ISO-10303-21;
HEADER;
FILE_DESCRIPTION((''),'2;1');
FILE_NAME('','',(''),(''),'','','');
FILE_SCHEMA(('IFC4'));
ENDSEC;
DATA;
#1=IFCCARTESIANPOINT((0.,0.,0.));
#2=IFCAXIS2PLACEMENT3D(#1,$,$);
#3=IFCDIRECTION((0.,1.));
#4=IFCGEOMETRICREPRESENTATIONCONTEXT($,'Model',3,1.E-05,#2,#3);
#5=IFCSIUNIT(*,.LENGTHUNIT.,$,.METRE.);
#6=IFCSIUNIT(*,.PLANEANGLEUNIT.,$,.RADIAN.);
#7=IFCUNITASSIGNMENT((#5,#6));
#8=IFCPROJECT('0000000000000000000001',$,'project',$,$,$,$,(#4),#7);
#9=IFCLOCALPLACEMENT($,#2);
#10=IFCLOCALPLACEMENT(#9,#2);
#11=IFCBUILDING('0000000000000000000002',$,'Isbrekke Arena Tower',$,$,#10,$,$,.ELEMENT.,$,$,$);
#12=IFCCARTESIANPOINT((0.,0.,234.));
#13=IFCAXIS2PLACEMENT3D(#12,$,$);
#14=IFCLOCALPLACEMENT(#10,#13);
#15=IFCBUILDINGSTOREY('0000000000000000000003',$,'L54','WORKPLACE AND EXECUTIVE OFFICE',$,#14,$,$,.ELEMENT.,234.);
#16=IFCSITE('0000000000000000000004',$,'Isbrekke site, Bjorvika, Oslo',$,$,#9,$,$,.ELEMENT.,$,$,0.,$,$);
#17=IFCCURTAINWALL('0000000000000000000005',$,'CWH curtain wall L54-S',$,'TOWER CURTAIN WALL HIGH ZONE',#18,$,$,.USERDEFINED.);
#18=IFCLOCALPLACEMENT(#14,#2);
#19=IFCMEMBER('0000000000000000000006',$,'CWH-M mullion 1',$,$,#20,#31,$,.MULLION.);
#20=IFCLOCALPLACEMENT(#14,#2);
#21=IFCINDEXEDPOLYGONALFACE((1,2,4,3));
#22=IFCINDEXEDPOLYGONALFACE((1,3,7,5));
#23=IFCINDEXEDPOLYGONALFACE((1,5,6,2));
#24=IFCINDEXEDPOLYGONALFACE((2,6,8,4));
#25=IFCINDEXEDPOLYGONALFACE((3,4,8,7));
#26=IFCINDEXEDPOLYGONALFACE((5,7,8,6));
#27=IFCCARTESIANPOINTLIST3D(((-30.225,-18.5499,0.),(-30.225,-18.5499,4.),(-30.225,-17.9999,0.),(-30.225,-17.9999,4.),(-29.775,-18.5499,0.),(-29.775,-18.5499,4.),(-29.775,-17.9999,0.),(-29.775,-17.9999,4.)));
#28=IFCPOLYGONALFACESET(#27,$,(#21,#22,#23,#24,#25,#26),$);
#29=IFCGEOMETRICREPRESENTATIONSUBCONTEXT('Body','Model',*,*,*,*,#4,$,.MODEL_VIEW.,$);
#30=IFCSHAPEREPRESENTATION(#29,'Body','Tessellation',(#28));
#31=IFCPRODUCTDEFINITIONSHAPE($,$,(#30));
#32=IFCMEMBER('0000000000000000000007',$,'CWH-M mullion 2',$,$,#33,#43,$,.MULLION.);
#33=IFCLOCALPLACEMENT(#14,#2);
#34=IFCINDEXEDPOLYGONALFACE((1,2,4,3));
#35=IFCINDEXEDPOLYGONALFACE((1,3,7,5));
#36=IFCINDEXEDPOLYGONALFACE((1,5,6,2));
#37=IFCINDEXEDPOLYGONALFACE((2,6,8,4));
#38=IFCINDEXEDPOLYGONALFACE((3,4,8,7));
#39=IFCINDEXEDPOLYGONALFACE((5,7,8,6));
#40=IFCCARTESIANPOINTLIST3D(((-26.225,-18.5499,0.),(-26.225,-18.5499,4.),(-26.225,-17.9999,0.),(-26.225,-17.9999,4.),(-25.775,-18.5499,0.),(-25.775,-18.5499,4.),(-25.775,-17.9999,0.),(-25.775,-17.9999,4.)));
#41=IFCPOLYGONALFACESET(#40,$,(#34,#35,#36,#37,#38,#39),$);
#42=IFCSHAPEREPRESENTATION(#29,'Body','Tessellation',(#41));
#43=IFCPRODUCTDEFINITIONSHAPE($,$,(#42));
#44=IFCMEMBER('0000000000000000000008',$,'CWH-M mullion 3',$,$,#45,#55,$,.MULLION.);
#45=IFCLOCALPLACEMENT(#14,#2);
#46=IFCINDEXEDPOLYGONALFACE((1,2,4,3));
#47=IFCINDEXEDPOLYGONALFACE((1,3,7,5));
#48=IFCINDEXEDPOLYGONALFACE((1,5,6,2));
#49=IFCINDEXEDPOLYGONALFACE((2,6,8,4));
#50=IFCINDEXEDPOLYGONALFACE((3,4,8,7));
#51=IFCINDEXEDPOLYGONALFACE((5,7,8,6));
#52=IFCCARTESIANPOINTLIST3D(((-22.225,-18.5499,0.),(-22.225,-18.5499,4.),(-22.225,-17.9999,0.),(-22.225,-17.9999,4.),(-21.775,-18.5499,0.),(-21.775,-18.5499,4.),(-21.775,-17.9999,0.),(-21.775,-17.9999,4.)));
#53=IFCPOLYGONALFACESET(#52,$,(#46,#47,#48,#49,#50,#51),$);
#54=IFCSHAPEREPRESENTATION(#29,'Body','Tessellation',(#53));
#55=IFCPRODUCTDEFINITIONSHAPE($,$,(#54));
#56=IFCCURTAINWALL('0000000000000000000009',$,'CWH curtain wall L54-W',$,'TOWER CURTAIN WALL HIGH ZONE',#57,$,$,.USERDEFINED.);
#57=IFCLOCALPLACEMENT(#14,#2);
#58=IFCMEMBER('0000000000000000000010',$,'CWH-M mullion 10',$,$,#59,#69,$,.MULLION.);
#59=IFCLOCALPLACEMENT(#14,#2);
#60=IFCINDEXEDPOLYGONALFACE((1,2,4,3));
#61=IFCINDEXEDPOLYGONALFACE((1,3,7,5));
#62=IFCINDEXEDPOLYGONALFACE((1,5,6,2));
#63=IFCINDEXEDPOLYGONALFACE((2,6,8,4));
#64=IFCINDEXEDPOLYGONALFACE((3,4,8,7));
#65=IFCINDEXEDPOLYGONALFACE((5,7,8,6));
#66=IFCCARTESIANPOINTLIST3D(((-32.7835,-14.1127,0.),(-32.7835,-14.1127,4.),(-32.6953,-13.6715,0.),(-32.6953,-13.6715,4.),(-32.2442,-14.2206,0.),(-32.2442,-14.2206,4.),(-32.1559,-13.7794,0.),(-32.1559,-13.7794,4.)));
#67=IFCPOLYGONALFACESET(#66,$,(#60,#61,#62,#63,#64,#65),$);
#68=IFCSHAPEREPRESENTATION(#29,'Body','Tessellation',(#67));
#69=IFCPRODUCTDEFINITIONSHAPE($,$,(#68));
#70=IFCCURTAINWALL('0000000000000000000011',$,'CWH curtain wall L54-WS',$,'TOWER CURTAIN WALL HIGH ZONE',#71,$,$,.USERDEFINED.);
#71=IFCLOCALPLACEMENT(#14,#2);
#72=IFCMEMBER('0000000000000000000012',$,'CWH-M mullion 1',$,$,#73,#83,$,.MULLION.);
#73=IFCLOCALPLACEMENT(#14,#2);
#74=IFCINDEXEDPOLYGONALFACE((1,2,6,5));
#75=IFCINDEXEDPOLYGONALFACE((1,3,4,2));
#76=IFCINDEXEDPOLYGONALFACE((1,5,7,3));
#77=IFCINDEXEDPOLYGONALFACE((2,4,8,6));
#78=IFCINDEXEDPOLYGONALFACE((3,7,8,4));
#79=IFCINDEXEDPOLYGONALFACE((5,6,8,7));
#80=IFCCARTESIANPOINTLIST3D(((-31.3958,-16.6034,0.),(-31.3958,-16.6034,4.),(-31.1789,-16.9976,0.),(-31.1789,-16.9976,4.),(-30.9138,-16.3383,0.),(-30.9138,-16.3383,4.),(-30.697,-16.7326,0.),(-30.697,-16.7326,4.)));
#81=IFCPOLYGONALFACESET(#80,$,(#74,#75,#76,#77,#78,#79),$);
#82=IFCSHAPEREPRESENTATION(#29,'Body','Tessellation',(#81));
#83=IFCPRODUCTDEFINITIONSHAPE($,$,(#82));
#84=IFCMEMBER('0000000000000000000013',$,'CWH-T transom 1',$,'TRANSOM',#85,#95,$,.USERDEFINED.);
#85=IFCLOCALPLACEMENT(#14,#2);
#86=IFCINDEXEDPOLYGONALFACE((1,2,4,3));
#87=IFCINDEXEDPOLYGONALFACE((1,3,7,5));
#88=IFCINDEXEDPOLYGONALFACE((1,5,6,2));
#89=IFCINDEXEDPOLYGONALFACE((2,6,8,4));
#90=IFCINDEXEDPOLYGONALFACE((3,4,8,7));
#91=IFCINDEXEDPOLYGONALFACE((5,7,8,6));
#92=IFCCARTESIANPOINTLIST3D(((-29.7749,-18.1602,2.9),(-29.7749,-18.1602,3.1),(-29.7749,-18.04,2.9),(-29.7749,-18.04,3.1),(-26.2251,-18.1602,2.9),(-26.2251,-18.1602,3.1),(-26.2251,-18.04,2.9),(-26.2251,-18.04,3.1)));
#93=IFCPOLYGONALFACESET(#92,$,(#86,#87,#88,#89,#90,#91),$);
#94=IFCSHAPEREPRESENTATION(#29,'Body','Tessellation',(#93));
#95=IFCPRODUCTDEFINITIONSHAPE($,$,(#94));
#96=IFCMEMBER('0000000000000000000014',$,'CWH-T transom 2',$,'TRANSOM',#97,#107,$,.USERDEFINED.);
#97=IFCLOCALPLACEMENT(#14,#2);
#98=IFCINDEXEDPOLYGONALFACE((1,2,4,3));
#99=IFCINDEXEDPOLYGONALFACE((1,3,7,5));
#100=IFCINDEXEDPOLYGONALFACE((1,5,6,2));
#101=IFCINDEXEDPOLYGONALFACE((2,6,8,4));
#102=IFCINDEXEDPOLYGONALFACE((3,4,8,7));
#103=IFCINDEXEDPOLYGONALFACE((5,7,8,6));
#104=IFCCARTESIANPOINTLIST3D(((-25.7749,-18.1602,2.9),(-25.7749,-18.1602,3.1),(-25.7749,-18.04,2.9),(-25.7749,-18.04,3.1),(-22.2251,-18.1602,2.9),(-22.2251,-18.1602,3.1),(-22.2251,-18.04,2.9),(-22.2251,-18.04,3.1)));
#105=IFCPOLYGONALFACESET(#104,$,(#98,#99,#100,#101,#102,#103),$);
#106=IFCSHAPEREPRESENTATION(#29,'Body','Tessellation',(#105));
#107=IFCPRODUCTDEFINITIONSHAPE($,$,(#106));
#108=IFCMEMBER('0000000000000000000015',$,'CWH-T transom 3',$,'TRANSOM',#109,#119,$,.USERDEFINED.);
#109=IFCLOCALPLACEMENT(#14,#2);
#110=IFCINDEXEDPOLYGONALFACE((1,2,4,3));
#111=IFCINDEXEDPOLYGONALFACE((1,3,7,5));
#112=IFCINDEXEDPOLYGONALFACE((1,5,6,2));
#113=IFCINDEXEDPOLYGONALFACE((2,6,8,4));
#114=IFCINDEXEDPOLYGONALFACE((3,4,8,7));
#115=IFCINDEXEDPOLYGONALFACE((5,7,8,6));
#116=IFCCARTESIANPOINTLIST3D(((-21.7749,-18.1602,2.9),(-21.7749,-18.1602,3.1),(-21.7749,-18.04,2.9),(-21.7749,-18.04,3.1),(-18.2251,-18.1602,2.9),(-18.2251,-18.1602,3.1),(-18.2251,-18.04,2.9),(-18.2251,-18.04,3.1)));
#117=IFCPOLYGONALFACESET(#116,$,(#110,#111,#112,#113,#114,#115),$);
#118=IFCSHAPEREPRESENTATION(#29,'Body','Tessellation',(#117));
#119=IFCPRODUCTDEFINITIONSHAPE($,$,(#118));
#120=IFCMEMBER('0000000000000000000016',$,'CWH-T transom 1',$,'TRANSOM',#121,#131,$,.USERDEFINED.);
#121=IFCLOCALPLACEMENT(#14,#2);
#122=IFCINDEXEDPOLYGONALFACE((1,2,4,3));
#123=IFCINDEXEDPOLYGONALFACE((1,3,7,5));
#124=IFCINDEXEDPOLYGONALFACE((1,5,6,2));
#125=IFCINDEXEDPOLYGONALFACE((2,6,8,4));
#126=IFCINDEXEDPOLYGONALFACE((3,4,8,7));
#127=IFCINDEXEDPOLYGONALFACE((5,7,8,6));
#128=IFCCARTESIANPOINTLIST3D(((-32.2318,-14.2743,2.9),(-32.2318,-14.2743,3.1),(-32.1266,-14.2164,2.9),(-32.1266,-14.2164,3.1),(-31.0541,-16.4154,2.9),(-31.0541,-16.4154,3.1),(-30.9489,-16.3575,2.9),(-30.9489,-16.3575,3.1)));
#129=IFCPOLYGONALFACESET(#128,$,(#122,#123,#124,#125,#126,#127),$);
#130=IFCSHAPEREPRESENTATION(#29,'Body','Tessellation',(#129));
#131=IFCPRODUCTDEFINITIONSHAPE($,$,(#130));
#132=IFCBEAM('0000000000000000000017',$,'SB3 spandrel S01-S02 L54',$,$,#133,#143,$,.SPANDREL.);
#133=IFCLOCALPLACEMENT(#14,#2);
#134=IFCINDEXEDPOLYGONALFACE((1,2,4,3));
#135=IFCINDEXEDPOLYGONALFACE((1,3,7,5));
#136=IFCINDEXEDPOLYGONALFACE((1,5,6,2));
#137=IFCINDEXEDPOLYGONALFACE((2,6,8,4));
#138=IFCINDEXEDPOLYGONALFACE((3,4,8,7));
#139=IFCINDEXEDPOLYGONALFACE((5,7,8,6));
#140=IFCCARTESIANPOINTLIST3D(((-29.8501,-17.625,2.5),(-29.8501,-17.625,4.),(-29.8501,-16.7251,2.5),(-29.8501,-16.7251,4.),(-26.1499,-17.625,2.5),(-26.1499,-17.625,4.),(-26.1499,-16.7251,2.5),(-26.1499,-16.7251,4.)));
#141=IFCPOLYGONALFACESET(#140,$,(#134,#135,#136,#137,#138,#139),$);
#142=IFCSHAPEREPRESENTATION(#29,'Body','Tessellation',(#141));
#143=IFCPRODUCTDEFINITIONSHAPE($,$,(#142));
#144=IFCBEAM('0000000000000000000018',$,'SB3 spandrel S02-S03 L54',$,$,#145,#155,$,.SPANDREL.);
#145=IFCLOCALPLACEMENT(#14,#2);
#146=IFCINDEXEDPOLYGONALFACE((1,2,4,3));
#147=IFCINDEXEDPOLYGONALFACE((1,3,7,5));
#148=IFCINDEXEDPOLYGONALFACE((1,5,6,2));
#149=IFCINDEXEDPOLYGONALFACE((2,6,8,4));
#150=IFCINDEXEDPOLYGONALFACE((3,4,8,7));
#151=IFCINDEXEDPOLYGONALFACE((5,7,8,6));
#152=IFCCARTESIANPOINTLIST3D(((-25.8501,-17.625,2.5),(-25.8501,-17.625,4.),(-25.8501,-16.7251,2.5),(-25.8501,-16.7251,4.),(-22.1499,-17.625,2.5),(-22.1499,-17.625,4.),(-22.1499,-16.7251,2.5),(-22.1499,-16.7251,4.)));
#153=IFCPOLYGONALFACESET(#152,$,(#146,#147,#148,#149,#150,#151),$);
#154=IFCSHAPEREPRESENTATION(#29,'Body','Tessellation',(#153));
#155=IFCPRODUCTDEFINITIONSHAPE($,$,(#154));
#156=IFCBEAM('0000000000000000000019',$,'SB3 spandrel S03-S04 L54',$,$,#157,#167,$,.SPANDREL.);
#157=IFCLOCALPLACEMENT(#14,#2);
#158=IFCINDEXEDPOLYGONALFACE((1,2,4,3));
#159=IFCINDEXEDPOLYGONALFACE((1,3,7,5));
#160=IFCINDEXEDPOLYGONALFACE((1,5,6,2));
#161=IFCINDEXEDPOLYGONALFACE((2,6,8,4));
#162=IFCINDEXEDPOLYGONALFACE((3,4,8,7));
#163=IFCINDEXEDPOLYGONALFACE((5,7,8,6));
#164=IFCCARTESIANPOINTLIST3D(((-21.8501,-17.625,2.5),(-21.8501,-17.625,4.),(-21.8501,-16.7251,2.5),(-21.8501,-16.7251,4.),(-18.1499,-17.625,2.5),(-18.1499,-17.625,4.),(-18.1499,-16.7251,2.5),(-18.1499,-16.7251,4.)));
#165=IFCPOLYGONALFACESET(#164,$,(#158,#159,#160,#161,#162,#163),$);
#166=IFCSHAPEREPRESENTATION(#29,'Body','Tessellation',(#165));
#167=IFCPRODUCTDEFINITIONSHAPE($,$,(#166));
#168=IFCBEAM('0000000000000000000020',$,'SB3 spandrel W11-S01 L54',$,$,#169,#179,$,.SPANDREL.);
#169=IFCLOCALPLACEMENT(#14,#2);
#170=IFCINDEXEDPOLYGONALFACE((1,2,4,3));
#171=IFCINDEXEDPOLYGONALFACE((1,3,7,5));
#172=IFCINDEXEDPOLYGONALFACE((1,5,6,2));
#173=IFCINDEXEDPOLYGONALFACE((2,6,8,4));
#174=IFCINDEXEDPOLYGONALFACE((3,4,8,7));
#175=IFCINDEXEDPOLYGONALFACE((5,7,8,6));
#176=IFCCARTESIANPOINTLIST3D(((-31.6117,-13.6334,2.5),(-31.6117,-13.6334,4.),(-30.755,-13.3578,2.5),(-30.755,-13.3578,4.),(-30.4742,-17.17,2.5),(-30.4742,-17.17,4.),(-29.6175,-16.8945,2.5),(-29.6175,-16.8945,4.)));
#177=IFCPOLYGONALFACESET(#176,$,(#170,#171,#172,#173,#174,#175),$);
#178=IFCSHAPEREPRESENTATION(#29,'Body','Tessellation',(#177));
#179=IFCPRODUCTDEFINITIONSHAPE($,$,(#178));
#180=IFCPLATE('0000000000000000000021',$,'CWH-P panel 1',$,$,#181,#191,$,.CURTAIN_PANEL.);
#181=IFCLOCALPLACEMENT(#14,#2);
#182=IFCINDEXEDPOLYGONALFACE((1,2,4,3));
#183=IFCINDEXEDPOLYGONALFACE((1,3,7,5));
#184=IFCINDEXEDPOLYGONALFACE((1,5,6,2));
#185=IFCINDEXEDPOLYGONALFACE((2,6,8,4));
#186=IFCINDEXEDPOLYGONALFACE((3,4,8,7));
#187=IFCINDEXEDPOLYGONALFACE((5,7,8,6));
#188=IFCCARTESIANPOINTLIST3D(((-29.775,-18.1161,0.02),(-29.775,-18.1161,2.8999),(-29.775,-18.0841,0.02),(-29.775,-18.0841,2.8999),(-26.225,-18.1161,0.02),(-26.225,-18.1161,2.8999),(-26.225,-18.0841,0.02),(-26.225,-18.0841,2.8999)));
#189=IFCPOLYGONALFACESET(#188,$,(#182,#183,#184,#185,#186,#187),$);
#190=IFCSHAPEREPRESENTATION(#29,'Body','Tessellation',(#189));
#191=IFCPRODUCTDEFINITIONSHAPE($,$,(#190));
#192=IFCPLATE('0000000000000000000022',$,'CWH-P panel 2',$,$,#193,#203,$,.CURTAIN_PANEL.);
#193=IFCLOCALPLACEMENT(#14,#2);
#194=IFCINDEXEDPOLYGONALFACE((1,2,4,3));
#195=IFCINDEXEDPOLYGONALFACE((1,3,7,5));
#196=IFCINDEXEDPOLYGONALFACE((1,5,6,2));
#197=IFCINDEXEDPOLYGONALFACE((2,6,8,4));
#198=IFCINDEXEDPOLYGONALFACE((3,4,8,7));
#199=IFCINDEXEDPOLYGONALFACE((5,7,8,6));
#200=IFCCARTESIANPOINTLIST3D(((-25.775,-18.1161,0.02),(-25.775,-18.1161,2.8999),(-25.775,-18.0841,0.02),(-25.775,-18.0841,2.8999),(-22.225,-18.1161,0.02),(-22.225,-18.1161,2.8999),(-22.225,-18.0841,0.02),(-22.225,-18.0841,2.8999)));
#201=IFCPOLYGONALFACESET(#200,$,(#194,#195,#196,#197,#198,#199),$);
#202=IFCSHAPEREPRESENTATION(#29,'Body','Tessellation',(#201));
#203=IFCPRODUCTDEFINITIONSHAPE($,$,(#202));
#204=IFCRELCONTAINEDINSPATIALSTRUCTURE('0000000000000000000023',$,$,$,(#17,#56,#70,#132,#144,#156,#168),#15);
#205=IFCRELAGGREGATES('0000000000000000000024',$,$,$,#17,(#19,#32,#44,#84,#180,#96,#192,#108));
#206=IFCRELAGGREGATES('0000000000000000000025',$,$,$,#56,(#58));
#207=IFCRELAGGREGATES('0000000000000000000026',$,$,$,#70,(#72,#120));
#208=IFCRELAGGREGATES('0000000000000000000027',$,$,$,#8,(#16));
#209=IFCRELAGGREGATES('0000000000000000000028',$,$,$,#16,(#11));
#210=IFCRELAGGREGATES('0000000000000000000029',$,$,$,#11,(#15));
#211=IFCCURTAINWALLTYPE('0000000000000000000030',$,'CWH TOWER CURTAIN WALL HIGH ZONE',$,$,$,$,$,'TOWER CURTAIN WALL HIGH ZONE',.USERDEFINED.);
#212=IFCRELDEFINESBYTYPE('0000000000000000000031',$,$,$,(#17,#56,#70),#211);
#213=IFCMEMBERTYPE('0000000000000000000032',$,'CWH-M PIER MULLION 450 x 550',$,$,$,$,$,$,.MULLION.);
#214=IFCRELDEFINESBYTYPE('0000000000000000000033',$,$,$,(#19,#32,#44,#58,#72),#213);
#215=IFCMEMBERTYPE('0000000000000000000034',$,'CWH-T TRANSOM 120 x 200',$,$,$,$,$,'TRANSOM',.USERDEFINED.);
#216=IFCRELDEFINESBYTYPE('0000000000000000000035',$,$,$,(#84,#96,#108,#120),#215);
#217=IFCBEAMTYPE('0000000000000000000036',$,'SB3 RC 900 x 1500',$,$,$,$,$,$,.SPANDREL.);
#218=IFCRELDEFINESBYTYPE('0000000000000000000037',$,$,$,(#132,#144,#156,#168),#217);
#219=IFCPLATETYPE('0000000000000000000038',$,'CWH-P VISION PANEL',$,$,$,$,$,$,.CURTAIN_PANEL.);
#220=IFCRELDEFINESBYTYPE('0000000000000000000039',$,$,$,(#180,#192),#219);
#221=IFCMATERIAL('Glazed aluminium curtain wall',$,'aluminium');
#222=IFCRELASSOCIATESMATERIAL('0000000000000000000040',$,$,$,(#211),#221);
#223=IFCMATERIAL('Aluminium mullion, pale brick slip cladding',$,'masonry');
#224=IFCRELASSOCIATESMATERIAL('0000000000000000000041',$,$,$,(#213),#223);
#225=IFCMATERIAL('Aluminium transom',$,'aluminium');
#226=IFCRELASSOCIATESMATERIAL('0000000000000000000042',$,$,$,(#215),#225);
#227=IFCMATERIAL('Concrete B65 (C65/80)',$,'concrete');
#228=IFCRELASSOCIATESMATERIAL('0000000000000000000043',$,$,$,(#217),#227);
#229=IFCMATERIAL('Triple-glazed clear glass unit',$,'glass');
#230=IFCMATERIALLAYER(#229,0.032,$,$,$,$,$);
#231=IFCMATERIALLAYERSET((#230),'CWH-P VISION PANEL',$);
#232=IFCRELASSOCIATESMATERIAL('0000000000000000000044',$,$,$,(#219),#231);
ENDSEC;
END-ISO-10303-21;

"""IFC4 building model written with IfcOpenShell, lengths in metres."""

from ifc_helpers import new_model, si_unit, direction, frame, origin, origin_2d, place, context, subcontext, project, spatial, rectangle, extrude, material, layer, layer_set, material_profile, profile_set, type_object, element, aggregate, save


model = new_model("IFC4")

# Units and contexts
model_context = context("Model", 3, precision=1e-05, world=origin(), true_north=direction((0.0, 1.0)))
body_context = subcontext(model_context, "Body", "Model", "MODEL_VIEW")
ifc_project = project(units=[si_unit("LENGTHUNIT", "METRE"), si_unit("PLANEANGLEUNIT", "RADIAN")], contexts=[model_context])

# Site, building, storey
site_placement = place(None, origin())
site = spatial("IfcSite", under=ifc_project, at=site_placement, Name="Isbrekke site, Bjorvika, Oslo", CompositionType="ELEMENT", RefElevation=0.0)
building_placement = place(site_placement, origin())
building = spatial("IfcBuilding", under=site, at=building_placement, Name="Isbrekke Arena Tower", CompositionType="ELEMENT")
storey_placement = place(building_placement, frame((0.0, 0.0, 234.0)))
storey = spatial("IfcBuildingStorey", under=building, at=storey_placement, Name="L54", Description="WORKPLACE AND EXECUTIVE OFFICE", CompositionType="ELEMENT", Elevation=234.0)

# Curtain wall, members
ifc_material_1 = material(Name="Glazed aluminium curtain wall", Category="aluminium")
curtain_wall_type = type_object("IfcCurtainWallType", Name="CWH TOWER CURTAIN WALL HIGH ZONE", ElementType="TOWER CURTAIN WALL HIGH ZONE", PredefinedType="USERDEFINED", material=ifc_material_1)
curtain_wall_1_placement = place(storey_placement, origin())
curtain_wall_1 = element("IfcCurtainWall", 1, at=curtain_wall_1_placement, inside=storey, type_object=curtain_wall_type, Name="CWH curtain wall L54-S", ObjectType="TOWER CURTAIN WALL HIGH ZONE", PredefinedType="USERDEFINED")
ifc_material_2 = material(Name="Aluminium mullion, pale brick slip cladding", Category="masonry")
ifc_material_profile_1 = material_profile(ifc_material_2, rectangle(XDim=0.45, YDim=0.55, at=origin_2d()), Name="PIER 450X550")
ifc_profile_set_1 = profile_set([ifc_material_profile_1], Name="Aluminium mullion, pale brick slip cladding")
member_type_1 = type_object("IfcMemberType", Name="CWH-M PIER MULLION 450 x 550", PredefinedType="MULLION", material=ifc_profile_set_1)
member_1_placement = place(storey_placement, frame((-30.0, -18.2749, 0.0), z_axis=(0.0, 0.0, 1.0), x_axis=(1.0, 0.0, 0.0)))
member_1 = element("IfcMember", 2, at=member_1_placement, type_object=member_type_1, Name="CWH-M mullion 1", PredefinedType="MULLION", context=body_context, shape_type="SweptSolid", body=[
    extrude(rectangle(XDim=0.45, YDim=0.55, at=origin_2d()), origin(), (0.0, 0.0, 1.0), 4.0),
])
member_2_placement = place(storey_placement, frame((-26.0, -18.2749, 0.0), z_axis=(0.0, 0.0, 1.0), x_axis=(1.0, 0.0, 0.0)))
member_2 = element("IfcMember", 3, at=member_2_placement, type_object=member_type_1, Name="CWH-M mullion 2", PredefinedType="MULLION", context=body_context, shape_type="SweptSolid", body=[
    extrude(rectangle(XDim=0.45, YDim=0.55, at=origin_2d()), origin(), (0.0, 0.0, 1.0), 4.0),
])
member_3_placement = place(storey_placement, frame((-22.0, -18.2749, 0.0), z_axis=(0.0, 0.0, 1.0), x_axis=(1.0, 0.0, 0.0)))
member_3 = element("IfcMember", 4, at=member_3_placement, type_object=member_type_1, Name="CWH-M mullion 3", PredefinedType="MULLION", context=body_context, shape_type="SweptSolid", body=[
    extrude(rectangle(XDim=0.45, YDim=0.55, at=origin_2d()), origin(), (0.0, 0.0, 1.0), 4.0),
])

# Curtain walls, members
curtain_wall_2_placement = place(storey_placement, origin())
curtain_wall_2 = element("IfcCurtainWall", 5, at=curtain_wall_2_placement, inside=storey, type_object=curtain_wall_type, Name="CWH curtain wall L54-W", ObjectType="TOWER CURTAIN WALL HIGH ZONE", PredefinedType="USERDEFINED")
member_4_placement = place(storey_placement, frame((-32.4697, -13.946, 0.0), z_axis=(0.0, 0.0, 1.0), x_axis=(-0.196116, -0.980581, 0.0)))
member_4 = element("IfcMember", 6, at=member_4_placement, type_object=member_type_1, Name="CWH-M mullion 10", PredefinedType="MULLION", context=body_context, shape_type="SweptSolid", body=[
    extrude(rectangle(XDim=0.45, YDim=0.55, at=origin_2d()), origin(), (0.0, 0.0, 1.0), 4.0),
])
curtain_wall_3_placement = place(storey_placement, origin())
curtain_wall_3 = element("IfcCurtainWall", 7, at=curtain_wall_3_placement, inside=storey, type_object=curtain_wall_type, Name="CWH curtain wall L54-WS", ObjectType="TOWER CURTAIN WALL HIGH ZONE", PredefinedType="USERDEFINED")
member_5_placement = place(storey_placement, frame((-31.0464, -16.668, 0.0), z_axis=(0.0, 0.0, 1.0), x_axis=(0.481919, -0.876216, 0.0)))
member_5 = element("IfcMember", 8, at=member_5_placement, type_object=member_type_1, Name="CWH-M mullion 1", PredefinedType="MULLION", context=body_context, shape_type="SweptSolid", body=[
    extrude(rectangle(XDim=0.45, YDim=0.55, at=origin_2d()), origin(), (0.0, 0.0, 1.0), 4.0),
])

# Members
ifc_material_3 = material(Name="Aluminium transom", Category="aluminium")
ifc_material_profile_2 = material_profile(ifc_material_3, rectangle(XDim=0.1201, YDim=0.2, at=origin_2d()), Name="TRANSOM 120X200")
ifc_profile_set_2 = profile_set([ifc_material_profile_2], Name="Aluminium transom")
member_type_2 = type_object("IfcMemberType", Name="CWH-T TRANSOM 120 x 200", ElementType="TRANSOM", PredefinedType="USERDEFINED", material=ifc_profile_set_2)
member_6_placement = place(storey_placement, frame((-29.7749, -18.1001, 3.0), z_axis=(1.0, 0.0, 0.0), x_axis=(0.0, 1.0, 0.0)))
member_6 = element("IfcMember", 9, at=member_6_placement, type_object=member_type_2, Name="CWH-T transom 1", ObjectType="TRANSOM", PredefinedType="USERDEFINED", context=body_context, shape_type="SweptSolid", body=[
    extrude(rectangle(XDim=0.1201, YDim=0.2, at=origin_2d()), origin(), (0.0, 0.0, 1.0), 3.5498),
])
member_7_placement = place(storey_placement, frame((-25.7749, -18.1001, 3.0), z_axis=(1.0, 0.0, 0.0), x_axis=(0.0, 1.0, 0.0)))
member_7 = element("IfcMember", 10, at=member_7_placement, type_object=member_type_2, Name="CWH-T transom 2", ObjectType="TRANSOM", PredefinedType="USERDEFINED", context=body_context, shape_type="SweptSolid", body=[
    extrude(rectangle(XDim=0.1201, YDim=0.2, at=origin_2d()), origin(), (0.0, 0.0, 1.0), 3.5498),
])
member_8_placement = place(storey_placement, frame((-21.7749, -18.1001, 3.0), z_axis=(1.0, 0.0, 0.0), x_axis=(0.0, 1.0, 0.0)))
member_8 = element("IfcMember", 11, at=member_8_placement, type_object=member_type_2, Name="CWH-T transom 3", ObjectType="TRANSOM", PredefinedType="USERDEFINED", context=body_context, shape_type="SweptSolid", body=[
    extrude(rectangle(XDim=0.1201, YDim=0.2, at=origin_2d()), origin(), (0.0, 0.0, 1.0), 3.5498),
])
member_9_placement = place(storey_placement, frame((-32.1792, -14.2454, 3.0), z_axis=(0.481957, -0.876195, 0.0), x_axis=(0.876195, 0.481957, 0.0)))
member_9 = element("IfcMember", 12, at=member_9_placement, type_object=member_type_2, Name="CWH-T transom 1", ObjectType="TRANSOM", PredefinedType="USERDEFINED", context=body_context, shape_type="SweptSolid", body=[
    extrude(rectangle(XDim=0.1201, YDim=0.2, at=origin_2d()), origin(), (0.0, 0.0, 1.0), 2.4436),
])

# Beams
ifc_material_4 = material(Name="Concrete B65 (C65/80)", Category="concrete")
ifc_material_profile_3 = material_profile(ifc_material_4, rectangle(XDim=0.8999, YDim=1.5, at=origin_2d()), Name="RC 900x1500")
ifc_profile_set_3 = profile_set([ifc_material_profile_3], Name="Concrete B65 (C65/80)")
beam_type_1 = type_object("IfcBeamType", Name="SB3 RC 900 x 1500", PredefinedType="SPANDREL", material=ifc_profile_set_3)
for number, where, z_axis, x_axis, name in (
    (13, (-29.8501, -17.175, 3.25), (1.0, 0.0, 0.0), (0.0, 1.0, 0.0), "SB3 spandrel S01-S02 L54"),
    (14, (-25.8501, -17.175, 3.25), (1.0, 0.0, 0.0), (0.0, 1.0, 0.0), "SB3 spandrel S02-S03 L54"),
    (15, (-21.8501, -17.175, 3.25), (1.0, 0.0, 0.0), (0.0, 1.0, 0.0), "SB3 spandrel S03-S04 L54"),
):
    element("IfcBeam", number, at=place(storey_placement, frame(where, z_axis=z_axis, x_axis=x_axis)), inside=storey, type_object=beam_type_1, Name=name, PredefinedType="SPANDREL", context=body_context, shape_type="SweptSolid", body=[
        extrude(rectangle(XDim=0.8999, YDim=1.5, at=origin_2d()), origin(), (0.0, 0.0, 1.0), 3.7002),
    ])
beam_1_placement = place(storey_placement, frame((-31.1833, -13.4956, 3.25), z_axis=(0.306175, -0.951975, 0.0), x_axis=(0.951975, 0.306175, 0.0)))
element("IfcBeam", 16, at=beam_1_placement, inside=storey, type_object=beam_type_1, Name="SB3 spandrel W11-S01 L54", PredefinedType="SPANDREL", context=body_context, shape_type="SweptSolid", body=[
    extrude(rectangle(XDim=0.8999, YDim=1.5, at=origin_2d()), origin(), (0.0, 0.0, 1.0), 3.7151),
])

# Plates
ifc_material_5 = material(Name="Triple-glazed clear glass unit", Category="glass")
ifc_layer = layer(ifc_material_5, 0.032)
ifc_layer_set = layer_set([ifc_layer], Name="CWH-P VISION PANEL")
plate_type = type_object("IfcPlateType", Name="CWH-P VISION PANEL", PredefinedType="CURTAIN_PANEL", material=ifc_layer_set)
plate_1_placement = place(storey_placement, frame((-28.0, -18.1001, 0.02), z_axis=(0.0, 0.0, 1.0), x_axis=(1.0, 0.0, 0.0)))
plate_1 = element("IfcPlate", 17, at=plate_1_placement, type_object=plate_type, Name="CWH-P panel 1", PredefinedType="CURTAIN_PANEL", context=body_context, shape_type="SweptSolid", body=[
    extrude(rectangle(XDim=3.55, YDim=0.032, at=origin_2d()), origin(), (0.0, 0.0, 1.0), 2.8799),
])
plate_2_placement = place(storey_placement, frame((-24.0, -18.1001, 0.02), z_axis=(0.0, 0.0, 1.0), x_axis=(1.0, 0.0, 0.0)))
plate_2 = element("IfcPlate", 18, at=plate_2_placement, type_object=plate_type, Name="CWH-P panel 2", PredefinedType="CURTAIN_PANEL", context=body_context, shape_type="SweptSolid", body=[
    extrude(rectangle(XDim=3.55, YDim=0.032, at=origin_2d()), origin(), (0.0, 0.0, 1.0), 2.8799),
])
aggregate(curtain_wall_1, [member_1, member_2, member_3, member_6, plate_1, member_7, plate_2, member_8])
aggregate(curtain_wall_2, [member_4])
aggregate(curtain_wall_3, [member_5, member_9])

save(model, "model.ifc")
